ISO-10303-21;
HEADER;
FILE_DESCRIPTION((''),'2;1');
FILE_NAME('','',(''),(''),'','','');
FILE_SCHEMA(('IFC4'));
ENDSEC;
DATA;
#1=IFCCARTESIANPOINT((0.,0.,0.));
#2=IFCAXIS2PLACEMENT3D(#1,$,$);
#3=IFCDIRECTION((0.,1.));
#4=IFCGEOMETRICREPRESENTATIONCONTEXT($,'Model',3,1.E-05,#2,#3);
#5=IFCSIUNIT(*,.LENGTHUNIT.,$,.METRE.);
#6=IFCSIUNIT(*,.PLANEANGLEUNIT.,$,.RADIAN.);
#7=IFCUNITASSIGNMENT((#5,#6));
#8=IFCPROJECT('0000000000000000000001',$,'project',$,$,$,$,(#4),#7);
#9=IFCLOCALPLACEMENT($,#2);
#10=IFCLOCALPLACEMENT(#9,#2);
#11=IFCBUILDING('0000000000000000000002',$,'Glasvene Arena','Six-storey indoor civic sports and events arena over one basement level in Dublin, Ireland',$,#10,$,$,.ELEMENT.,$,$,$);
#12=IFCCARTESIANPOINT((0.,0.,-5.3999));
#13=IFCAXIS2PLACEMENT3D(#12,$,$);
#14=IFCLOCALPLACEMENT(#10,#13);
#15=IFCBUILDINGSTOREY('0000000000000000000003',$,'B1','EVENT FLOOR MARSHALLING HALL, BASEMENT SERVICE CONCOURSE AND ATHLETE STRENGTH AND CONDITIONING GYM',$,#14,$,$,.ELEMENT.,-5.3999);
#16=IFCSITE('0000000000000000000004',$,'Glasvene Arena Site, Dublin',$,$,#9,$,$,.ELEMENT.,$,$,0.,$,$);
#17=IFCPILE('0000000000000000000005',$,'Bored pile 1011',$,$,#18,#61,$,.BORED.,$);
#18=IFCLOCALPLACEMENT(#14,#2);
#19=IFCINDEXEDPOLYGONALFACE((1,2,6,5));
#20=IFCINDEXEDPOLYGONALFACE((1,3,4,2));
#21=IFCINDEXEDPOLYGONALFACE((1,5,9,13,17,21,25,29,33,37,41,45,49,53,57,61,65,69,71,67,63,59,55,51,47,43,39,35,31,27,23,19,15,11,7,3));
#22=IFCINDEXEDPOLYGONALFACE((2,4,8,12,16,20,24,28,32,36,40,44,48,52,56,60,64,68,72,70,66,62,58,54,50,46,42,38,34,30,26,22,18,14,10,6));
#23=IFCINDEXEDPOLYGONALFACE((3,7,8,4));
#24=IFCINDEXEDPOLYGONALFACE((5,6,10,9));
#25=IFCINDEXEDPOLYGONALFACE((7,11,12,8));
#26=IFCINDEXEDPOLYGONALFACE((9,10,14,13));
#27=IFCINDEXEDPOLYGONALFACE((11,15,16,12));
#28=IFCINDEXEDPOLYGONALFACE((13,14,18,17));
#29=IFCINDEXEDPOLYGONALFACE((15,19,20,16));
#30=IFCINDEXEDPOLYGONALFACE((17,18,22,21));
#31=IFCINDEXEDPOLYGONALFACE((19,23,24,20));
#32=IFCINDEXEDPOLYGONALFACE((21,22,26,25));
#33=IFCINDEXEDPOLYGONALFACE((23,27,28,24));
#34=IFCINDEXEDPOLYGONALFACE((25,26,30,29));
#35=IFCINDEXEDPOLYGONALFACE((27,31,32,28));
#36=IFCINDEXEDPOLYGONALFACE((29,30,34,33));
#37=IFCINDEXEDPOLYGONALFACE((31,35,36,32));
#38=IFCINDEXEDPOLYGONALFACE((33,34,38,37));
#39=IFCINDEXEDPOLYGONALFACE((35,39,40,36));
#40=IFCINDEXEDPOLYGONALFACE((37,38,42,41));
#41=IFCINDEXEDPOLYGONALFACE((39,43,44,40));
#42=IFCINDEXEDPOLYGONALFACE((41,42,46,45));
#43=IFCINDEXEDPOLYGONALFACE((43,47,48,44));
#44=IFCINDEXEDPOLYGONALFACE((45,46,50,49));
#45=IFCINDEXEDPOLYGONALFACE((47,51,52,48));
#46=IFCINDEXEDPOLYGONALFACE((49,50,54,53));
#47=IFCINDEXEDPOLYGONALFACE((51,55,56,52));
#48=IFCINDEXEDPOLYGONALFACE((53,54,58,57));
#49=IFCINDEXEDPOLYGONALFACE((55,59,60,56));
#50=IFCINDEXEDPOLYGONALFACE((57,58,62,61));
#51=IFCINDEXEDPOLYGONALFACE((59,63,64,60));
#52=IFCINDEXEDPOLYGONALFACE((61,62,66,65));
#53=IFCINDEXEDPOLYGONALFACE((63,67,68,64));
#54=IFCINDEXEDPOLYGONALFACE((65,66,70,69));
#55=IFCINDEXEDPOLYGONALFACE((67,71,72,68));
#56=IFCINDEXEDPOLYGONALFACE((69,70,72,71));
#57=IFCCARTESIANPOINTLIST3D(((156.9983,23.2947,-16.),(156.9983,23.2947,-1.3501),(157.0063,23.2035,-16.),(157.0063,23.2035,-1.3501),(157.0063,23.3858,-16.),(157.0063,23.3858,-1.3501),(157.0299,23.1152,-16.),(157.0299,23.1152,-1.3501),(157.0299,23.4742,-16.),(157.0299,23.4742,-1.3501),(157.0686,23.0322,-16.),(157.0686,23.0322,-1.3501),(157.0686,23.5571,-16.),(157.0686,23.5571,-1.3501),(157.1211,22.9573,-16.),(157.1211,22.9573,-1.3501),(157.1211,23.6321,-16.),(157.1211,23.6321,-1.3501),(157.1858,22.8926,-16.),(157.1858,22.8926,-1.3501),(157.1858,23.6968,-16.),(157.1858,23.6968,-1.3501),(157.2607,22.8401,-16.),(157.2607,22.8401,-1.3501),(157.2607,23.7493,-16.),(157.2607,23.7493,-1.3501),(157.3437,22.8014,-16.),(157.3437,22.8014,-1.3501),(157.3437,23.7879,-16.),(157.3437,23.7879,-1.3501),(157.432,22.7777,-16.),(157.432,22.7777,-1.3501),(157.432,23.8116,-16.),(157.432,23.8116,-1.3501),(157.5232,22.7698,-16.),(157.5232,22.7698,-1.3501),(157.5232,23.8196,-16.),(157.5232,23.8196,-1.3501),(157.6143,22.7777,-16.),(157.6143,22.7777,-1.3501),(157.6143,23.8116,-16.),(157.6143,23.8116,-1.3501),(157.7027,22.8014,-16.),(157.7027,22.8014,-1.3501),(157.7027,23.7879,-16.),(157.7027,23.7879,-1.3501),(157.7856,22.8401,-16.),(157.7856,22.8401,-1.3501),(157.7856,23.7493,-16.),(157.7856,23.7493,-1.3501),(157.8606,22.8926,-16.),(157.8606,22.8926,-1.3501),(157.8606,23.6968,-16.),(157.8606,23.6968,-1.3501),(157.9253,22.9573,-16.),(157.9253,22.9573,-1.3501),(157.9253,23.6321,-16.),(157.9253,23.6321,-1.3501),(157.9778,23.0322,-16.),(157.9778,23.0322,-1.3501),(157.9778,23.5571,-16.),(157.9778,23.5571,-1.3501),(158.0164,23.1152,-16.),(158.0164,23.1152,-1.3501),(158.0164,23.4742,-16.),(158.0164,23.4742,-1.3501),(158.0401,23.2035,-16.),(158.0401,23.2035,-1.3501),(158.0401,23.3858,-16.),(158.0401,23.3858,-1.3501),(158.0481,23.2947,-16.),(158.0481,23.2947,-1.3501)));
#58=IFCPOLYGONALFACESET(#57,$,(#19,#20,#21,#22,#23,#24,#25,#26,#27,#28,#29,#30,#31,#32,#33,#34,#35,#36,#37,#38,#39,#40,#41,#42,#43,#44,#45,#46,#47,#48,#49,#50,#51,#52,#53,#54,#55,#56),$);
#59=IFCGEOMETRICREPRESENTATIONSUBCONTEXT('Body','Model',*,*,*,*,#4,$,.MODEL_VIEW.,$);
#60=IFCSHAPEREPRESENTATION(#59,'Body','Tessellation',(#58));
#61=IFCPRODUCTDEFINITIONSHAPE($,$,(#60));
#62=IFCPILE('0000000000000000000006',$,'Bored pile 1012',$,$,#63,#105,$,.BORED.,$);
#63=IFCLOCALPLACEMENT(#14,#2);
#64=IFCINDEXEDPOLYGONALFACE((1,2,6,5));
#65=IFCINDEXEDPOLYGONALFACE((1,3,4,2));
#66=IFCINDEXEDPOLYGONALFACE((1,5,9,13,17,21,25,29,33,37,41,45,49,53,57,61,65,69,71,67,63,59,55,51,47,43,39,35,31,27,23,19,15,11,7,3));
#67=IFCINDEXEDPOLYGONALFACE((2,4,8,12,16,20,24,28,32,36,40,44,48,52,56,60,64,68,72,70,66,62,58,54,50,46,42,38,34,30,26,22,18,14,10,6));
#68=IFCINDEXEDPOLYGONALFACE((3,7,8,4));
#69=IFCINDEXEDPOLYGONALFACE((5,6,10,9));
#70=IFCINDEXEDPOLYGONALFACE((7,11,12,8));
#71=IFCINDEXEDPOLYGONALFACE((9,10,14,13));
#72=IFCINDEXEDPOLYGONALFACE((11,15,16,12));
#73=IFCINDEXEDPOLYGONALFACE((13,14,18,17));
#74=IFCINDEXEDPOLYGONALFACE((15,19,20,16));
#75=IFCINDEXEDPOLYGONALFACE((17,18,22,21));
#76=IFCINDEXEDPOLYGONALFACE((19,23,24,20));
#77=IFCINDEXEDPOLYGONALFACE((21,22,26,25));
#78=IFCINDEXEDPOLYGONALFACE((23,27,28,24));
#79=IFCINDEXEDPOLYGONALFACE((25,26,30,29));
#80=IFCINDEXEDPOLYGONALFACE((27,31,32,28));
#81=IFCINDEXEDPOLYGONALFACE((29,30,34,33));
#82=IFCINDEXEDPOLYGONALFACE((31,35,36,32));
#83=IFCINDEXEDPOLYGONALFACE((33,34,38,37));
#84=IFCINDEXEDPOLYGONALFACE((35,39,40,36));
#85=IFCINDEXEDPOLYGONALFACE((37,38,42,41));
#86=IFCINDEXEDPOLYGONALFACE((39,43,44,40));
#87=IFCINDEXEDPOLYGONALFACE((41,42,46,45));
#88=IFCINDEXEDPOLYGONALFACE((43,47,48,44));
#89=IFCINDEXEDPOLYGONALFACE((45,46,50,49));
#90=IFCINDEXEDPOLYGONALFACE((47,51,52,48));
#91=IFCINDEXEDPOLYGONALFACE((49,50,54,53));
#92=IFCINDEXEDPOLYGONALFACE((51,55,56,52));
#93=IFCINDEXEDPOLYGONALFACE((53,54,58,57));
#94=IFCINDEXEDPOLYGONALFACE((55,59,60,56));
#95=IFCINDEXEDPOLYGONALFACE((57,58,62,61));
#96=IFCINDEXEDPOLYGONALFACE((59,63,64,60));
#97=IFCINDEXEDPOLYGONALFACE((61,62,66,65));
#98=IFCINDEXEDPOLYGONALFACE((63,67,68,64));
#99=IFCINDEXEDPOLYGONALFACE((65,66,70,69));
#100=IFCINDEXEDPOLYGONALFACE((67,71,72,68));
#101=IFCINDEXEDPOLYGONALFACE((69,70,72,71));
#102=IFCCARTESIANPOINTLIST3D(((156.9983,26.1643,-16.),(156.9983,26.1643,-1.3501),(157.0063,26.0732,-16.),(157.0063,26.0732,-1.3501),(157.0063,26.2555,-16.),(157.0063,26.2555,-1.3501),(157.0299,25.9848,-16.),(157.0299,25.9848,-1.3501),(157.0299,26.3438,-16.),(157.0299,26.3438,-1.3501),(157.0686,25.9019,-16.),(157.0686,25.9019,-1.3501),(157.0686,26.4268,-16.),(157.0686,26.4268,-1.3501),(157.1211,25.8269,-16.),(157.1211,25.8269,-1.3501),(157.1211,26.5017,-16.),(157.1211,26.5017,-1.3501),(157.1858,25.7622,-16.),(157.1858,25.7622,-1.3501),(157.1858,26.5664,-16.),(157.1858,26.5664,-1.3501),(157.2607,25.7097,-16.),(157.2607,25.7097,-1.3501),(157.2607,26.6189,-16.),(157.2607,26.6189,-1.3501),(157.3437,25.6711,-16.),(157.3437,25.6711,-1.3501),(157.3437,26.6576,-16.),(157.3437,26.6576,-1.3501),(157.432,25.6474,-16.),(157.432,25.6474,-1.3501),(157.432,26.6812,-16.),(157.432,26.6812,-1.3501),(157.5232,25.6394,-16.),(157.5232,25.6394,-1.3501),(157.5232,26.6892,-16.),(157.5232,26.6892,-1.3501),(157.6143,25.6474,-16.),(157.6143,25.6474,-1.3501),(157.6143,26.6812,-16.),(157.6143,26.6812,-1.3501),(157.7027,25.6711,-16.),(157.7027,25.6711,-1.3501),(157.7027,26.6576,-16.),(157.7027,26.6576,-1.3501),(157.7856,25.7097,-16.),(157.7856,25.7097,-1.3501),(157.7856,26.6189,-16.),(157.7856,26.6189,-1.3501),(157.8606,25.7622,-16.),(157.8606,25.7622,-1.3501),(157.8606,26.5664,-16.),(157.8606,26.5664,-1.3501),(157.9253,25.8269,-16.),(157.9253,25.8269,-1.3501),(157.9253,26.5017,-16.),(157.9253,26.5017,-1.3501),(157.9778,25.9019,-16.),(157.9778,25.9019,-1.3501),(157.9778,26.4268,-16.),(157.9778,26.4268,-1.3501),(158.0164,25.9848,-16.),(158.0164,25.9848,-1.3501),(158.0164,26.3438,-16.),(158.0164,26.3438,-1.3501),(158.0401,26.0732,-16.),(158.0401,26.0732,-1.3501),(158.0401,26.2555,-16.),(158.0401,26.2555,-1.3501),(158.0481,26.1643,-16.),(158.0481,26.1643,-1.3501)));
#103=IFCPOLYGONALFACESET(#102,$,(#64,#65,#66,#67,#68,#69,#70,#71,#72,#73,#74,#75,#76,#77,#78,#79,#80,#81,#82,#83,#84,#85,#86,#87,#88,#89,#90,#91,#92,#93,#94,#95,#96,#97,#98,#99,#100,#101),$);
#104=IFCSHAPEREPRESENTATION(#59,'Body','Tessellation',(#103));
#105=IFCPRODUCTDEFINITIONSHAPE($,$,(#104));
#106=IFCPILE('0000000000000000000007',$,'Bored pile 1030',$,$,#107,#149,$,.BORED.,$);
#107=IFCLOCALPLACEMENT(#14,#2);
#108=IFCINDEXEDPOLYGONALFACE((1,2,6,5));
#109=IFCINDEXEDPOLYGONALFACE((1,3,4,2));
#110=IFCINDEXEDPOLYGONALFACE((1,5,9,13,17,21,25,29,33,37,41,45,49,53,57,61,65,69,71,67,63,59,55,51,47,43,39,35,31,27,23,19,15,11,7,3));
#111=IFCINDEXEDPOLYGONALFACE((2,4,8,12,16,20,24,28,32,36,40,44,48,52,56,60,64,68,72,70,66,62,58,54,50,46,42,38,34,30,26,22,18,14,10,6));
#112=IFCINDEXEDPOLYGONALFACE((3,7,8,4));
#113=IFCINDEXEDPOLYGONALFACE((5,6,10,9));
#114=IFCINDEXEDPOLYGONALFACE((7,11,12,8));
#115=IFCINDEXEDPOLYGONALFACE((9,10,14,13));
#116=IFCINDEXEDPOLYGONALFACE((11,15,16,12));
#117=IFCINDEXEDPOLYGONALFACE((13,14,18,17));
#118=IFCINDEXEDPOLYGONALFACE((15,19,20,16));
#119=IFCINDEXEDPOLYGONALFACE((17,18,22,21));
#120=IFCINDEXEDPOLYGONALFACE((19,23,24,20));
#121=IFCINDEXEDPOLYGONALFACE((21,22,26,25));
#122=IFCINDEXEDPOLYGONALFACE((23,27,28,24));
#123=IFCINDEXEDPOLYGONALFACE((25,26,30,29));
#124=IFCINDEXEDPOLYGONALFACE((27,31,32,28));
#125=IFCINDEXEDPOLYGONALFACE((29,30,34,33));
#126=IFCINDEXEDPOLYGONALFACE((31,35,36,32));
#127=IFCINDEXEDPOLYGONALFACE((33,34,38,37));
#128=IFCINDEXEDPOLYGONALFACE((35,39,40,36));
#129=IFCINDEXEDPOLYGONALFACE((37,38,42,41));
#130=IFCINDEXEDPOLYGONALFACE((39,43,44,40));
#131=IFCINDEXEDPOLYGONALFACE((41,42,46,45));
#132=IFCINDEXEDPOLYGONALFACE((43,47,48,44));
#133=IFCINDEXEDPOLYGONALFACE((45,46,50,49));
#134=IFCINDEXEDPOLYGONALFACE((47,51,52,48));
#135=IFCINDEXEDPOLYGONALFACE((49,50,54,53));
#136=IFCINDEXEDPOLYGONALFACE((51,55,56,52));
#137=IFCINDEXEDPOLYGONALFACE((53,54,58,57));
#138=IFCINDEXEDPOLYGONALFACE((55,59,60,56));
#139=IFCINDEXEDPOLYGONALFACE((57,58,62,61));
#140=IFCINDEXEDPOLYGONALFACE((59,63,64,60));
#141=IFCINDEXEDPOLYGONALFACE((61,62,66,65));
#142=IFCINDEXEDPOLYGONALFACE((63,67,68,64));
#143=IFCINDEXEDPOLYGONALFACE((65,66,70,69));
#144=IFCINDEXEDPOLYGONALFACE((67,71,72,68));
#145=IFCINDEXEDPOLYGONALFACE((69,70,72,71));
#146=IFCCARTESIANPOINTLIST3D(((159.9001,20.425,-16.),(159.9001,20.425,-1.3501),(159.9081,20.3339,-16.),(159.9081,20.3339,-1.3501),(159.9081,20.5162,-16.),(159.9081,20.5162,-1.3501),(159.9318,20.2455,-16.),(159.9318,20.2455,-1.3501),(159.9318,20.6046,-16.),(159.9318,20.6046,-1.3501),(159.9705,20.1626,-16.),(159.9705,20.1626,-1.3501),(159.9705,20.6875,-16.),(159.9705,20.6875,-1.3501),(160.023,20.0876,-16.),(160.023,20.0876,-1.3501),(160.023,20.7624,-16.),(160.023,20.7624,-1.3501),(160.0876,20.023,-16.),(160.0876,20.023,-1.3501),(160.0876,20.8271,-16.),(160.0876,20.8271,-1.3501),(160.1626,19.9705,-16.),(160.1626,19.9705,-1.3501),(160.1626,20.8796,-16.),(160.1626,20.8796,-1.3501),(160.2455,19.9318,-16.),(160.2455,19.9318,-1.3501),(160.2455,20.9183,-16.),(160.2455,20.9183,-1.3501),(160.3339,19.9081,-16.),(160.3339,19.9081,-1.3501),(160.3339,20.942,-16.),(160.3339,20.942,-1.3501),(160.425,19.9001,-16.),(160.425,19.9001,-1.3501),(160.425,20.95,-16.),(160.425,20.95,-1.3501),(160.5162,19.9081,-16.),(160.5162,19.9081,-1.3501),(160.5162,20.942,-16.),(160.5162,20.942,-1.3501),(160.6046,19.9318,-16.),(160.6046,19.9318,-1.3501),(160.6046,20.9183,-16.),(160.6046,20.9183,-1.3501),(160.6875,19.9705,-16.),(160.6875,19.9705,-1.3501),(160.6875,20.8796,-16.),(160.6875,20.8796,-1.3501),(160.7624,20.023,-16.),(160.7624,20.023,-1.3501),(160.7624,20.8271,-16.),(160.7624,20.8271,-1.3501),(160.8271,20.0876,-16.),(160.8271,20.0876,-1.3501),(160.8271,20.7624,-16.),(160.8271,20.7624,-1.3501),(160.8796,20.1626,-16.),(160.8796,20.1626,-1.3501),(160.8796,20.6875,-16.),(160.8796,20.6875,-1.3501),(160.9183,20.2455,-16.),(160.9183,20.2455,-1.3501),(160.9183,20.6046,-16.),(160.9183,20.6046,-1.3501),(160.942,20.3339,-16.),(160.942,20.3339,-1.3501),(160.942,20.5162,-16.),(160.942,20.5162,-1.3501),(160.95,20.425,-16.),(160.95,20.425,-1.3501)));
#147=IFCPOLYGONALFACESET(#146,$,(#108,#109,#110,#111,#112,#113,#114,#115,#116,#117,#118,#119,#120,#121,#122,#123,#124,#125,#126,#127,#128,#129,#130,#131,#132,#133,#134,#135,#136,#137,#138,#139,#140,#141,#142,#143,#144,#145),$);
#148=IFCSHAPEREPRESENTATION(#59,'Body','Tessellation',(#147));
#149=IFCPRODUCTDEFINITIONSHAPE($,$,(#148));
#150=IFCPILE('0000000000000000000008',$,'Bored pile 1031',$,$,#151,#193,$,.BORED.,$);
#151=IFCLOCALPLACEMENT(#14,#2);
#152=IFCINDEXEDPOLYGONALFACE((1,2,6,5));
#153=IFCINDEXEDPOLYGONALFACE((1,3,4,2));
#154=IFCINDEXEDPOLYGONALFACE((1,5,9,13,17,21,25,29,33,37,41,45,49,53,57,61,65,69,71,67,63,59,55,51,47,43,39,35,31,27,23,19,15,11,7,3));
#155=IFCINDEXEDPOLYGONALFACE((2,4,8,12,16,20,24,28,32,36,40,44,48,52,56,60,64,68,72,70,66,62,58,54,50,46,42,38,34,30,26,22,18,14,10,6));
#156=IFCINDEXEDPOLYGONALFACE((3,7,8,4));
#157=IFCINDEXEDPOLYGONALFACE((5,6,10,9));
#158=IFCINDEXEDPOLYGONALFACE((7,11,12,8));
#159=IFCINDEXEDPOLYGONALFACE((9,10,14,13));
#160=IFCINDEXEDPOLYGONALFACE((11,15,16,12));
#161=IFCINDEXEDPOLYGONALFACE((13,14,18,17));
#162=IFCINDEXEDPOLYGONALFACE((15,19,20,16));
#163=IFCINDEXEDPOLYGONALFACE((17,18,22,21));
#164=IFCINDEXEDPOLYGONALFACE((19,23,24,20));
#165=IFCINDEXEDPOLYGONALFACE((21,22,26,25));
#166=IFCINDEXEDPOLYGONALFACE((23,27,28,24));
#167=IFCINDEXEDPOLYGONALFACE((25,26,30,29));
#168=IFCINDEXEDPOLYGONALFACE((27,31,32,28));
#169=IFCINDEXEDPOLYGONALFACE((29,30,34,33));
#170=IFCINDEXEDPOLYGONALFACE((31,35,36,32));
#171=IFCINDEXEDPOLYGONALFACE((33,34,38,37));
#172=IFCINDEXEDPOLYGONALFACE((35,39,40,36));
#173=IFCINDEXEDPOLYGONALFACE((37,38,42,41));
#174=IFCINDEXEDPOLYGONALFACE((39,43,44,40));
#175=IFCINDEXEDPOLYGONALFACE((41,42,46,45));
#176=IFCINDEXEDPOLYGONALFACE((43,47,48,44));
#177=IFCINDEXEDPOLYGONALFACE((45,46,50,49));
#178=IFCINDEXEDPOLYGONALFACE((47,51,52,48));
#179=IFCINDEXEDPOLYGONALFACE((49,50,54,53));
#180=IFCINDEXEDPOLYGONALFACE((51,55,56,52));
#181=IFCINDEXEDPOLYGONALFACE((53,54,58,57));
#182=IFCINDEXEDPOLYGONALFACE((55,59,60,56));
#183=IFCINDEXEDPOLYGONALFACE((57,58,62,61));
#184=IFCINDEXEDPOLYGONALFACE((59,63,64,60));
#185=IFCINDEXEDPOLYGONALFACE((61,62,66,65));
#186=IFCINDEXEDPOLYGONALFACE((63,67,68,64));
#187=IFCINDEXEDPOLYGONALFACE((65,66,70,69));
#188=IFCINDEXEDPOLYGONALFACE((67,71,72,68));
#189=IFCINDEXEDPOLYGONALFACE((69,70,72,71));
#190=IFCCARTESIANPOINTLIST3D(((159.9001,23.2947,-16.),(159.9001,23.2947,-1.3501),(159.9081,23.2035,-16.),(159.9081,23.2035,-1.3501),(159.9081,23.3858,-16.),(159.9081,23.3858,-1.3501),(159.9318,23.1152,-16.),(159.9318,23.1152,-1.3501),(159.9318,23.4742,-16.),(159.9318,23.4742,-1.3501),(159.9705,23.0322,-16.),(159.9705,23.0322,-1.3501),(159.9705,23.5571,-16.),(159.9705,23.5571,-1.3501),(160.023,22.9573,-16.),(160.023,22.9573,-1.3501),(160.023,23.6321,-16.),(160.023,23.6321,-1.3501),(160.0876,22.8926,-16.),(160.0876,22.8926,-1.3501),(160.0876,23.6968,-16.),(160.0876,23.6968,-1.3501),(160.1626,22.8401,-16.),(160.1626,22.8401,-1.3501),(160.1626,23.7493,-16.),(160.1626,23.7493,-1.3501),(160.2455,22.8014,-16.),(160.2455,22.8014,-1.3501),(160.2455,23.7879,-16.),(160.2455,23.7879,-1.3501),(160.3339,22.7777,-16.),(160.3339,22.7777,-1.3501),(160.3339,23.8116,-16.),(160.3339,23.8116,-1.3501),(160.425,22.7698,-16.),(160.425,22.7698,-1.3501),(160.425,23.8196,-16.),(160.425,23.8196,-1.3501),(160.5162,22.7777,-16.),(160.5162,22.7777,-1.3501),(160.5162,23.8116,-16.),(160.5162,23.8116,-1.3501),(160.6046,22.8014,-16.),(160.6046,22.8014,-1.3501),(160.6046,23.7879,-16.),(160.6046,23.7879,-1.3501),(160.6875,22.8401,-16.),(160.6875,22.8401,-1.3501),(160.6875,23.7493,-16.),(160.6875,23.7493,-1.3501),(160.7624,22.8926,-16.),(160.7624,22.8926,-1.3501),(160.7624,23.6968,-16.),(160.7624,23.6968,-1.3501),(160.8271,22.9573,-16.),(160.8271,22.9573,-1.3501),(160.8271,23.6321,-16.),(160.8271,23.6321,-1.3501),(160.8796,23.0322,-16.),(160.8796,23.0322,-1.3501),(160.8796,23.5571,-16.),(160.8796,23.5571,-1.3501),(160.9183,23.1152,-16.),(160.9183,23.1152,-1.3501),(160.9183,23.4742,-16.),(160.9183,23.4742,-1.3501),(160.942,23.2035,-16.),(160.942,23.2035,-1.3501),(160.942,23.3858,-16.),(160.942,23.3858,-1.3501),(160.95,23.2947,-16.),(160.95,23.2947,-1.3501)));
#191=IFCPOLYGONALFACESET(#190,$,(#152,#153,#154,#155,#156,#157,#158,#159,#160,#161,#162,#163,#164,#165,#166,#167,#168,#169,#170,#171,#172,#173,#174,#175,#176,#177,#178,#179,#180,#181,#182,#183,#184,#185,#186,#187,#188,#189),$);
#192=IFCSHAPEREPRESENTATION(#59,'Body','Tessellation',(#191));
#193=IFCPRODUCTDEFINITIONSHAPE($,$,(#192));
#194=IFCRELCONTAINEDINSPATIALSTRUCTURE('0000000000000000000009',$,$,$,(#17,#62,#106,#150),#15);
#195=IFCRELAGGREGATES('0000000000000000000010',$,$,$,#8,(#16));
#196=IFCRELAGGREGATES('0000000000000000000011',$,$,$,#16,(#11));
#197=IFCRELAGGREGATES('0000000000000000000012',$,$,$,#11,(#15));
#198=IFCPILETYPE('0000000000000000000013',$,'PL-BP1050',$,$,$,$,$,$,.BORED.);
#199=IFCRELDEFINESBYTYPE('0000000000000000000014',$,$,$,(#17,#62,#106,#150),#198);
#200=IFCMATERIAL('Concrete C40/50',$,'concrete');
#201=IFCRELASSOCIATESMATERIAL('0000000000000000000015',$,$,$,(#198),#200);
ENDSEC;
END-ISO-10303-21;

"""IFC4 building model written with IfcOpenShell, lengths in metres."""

from ifc_helpers import new_model, si_unit, direction, frame, origin, origin_2d, place, context, subcontext, project, spatial, circle, extrude, material, material_profile, profile_set, type_object, element, save


model = new_model("IFC4")

# Units and contexts
model_context = context("Model", 3, precision=1e-05, world=origin(), true_north=direction((0.0, 1.0)))
body_context = subcontext(model_context, "Body", "Model", "MODEL_VIEW")
ifc_project = project(units=[si_unit("LENGTHUNIT", "METRE"), si_unit("PLANEANGLEUNIT", "RADIAN")], contexts=[model_context])

# Site, building, storey
site_placement = place(None, origin())
site = spatial("IfcSite", under=ifc_project, at=site_placement, Name="Glasvene Arena Site, Dublin", CompositionType="ELEMENT", RefElevation=0.0)
building_placement = place(site_placement, origin())
building = spatial("IfcBuilding", under=site, at=building_placement, Name="Glasvene Arena", Description="Six-storey indoor civic sports and events arena over one basement level in Dublin, Ireland", CompositionType="ELEMENT")
storey_placement = place(building_placement, frame((0.0, 0.0, -5.3999)))
storey = spatial("IfcBuildingStorey", under=building, at=storey_placement, Name="B1", Description="EVENT FLOOR MARSHALLING HALL, BASEMENT SERVICE CONCOURSE AND ATHLETE STRENGTH AND CONDITIONING GYM", CompositionType="ELEMENT", Elevation=-5.3999)

# Piles
ifc_material = material(Name="Concrete C40/50", Category="concrete")
ifc_material_profile = material_profile(ifc_material, circle(Radius=0.5249, at=origin_2d()), Name="BORED PILE 1050")
ifc_profile_set = profile_set([ifc_material_profile], Name="Concrete C40/50")
pile_type = type_object("IfcPileType", Name="PL-BP1050", PredefinedType="BORED", material=ifc_profile_set)
for number, where, z_axis, x_axis, name in (
    (1, (157.5232, 23.2947, -1.3501), (0.0, 0.0, -1.0), (1.0, 0.0, 0.0), "Bored pile 1011"),
    (2, (157.5232, 26.1643, -1.3501), (0.0, 0.0, -1.0), (1.0, 0.0, 0.0), "Bored pile 1012"),
    (3, (160.425, 20.425, -1.3501), (0.0, 0.0, -1.0), (1.0, 0.0, 0.0), "Bored pile 1030"),
    (4, (160.425, 23.2947, -1.3501), (0.0, 0.0, -1.0), (1.0, 0.0, 0.0), "Bored pile 1031"),
):
    element("IfcPile", number, at=place(storey_placement, frame(where, z_axis=z_axis, x_axis=x_axis)), inside=storey, type_object=pile_type, Name=name, PredefinedType="BORED", context=body_context, shape_type="SweptSolid", body=[
        extrude(circle(Radius=0.5249, at=origin_2d()), origin(), (0.0, 0.0, 1.0), 14.6499),
    ])

save(model, "model.ifc")
